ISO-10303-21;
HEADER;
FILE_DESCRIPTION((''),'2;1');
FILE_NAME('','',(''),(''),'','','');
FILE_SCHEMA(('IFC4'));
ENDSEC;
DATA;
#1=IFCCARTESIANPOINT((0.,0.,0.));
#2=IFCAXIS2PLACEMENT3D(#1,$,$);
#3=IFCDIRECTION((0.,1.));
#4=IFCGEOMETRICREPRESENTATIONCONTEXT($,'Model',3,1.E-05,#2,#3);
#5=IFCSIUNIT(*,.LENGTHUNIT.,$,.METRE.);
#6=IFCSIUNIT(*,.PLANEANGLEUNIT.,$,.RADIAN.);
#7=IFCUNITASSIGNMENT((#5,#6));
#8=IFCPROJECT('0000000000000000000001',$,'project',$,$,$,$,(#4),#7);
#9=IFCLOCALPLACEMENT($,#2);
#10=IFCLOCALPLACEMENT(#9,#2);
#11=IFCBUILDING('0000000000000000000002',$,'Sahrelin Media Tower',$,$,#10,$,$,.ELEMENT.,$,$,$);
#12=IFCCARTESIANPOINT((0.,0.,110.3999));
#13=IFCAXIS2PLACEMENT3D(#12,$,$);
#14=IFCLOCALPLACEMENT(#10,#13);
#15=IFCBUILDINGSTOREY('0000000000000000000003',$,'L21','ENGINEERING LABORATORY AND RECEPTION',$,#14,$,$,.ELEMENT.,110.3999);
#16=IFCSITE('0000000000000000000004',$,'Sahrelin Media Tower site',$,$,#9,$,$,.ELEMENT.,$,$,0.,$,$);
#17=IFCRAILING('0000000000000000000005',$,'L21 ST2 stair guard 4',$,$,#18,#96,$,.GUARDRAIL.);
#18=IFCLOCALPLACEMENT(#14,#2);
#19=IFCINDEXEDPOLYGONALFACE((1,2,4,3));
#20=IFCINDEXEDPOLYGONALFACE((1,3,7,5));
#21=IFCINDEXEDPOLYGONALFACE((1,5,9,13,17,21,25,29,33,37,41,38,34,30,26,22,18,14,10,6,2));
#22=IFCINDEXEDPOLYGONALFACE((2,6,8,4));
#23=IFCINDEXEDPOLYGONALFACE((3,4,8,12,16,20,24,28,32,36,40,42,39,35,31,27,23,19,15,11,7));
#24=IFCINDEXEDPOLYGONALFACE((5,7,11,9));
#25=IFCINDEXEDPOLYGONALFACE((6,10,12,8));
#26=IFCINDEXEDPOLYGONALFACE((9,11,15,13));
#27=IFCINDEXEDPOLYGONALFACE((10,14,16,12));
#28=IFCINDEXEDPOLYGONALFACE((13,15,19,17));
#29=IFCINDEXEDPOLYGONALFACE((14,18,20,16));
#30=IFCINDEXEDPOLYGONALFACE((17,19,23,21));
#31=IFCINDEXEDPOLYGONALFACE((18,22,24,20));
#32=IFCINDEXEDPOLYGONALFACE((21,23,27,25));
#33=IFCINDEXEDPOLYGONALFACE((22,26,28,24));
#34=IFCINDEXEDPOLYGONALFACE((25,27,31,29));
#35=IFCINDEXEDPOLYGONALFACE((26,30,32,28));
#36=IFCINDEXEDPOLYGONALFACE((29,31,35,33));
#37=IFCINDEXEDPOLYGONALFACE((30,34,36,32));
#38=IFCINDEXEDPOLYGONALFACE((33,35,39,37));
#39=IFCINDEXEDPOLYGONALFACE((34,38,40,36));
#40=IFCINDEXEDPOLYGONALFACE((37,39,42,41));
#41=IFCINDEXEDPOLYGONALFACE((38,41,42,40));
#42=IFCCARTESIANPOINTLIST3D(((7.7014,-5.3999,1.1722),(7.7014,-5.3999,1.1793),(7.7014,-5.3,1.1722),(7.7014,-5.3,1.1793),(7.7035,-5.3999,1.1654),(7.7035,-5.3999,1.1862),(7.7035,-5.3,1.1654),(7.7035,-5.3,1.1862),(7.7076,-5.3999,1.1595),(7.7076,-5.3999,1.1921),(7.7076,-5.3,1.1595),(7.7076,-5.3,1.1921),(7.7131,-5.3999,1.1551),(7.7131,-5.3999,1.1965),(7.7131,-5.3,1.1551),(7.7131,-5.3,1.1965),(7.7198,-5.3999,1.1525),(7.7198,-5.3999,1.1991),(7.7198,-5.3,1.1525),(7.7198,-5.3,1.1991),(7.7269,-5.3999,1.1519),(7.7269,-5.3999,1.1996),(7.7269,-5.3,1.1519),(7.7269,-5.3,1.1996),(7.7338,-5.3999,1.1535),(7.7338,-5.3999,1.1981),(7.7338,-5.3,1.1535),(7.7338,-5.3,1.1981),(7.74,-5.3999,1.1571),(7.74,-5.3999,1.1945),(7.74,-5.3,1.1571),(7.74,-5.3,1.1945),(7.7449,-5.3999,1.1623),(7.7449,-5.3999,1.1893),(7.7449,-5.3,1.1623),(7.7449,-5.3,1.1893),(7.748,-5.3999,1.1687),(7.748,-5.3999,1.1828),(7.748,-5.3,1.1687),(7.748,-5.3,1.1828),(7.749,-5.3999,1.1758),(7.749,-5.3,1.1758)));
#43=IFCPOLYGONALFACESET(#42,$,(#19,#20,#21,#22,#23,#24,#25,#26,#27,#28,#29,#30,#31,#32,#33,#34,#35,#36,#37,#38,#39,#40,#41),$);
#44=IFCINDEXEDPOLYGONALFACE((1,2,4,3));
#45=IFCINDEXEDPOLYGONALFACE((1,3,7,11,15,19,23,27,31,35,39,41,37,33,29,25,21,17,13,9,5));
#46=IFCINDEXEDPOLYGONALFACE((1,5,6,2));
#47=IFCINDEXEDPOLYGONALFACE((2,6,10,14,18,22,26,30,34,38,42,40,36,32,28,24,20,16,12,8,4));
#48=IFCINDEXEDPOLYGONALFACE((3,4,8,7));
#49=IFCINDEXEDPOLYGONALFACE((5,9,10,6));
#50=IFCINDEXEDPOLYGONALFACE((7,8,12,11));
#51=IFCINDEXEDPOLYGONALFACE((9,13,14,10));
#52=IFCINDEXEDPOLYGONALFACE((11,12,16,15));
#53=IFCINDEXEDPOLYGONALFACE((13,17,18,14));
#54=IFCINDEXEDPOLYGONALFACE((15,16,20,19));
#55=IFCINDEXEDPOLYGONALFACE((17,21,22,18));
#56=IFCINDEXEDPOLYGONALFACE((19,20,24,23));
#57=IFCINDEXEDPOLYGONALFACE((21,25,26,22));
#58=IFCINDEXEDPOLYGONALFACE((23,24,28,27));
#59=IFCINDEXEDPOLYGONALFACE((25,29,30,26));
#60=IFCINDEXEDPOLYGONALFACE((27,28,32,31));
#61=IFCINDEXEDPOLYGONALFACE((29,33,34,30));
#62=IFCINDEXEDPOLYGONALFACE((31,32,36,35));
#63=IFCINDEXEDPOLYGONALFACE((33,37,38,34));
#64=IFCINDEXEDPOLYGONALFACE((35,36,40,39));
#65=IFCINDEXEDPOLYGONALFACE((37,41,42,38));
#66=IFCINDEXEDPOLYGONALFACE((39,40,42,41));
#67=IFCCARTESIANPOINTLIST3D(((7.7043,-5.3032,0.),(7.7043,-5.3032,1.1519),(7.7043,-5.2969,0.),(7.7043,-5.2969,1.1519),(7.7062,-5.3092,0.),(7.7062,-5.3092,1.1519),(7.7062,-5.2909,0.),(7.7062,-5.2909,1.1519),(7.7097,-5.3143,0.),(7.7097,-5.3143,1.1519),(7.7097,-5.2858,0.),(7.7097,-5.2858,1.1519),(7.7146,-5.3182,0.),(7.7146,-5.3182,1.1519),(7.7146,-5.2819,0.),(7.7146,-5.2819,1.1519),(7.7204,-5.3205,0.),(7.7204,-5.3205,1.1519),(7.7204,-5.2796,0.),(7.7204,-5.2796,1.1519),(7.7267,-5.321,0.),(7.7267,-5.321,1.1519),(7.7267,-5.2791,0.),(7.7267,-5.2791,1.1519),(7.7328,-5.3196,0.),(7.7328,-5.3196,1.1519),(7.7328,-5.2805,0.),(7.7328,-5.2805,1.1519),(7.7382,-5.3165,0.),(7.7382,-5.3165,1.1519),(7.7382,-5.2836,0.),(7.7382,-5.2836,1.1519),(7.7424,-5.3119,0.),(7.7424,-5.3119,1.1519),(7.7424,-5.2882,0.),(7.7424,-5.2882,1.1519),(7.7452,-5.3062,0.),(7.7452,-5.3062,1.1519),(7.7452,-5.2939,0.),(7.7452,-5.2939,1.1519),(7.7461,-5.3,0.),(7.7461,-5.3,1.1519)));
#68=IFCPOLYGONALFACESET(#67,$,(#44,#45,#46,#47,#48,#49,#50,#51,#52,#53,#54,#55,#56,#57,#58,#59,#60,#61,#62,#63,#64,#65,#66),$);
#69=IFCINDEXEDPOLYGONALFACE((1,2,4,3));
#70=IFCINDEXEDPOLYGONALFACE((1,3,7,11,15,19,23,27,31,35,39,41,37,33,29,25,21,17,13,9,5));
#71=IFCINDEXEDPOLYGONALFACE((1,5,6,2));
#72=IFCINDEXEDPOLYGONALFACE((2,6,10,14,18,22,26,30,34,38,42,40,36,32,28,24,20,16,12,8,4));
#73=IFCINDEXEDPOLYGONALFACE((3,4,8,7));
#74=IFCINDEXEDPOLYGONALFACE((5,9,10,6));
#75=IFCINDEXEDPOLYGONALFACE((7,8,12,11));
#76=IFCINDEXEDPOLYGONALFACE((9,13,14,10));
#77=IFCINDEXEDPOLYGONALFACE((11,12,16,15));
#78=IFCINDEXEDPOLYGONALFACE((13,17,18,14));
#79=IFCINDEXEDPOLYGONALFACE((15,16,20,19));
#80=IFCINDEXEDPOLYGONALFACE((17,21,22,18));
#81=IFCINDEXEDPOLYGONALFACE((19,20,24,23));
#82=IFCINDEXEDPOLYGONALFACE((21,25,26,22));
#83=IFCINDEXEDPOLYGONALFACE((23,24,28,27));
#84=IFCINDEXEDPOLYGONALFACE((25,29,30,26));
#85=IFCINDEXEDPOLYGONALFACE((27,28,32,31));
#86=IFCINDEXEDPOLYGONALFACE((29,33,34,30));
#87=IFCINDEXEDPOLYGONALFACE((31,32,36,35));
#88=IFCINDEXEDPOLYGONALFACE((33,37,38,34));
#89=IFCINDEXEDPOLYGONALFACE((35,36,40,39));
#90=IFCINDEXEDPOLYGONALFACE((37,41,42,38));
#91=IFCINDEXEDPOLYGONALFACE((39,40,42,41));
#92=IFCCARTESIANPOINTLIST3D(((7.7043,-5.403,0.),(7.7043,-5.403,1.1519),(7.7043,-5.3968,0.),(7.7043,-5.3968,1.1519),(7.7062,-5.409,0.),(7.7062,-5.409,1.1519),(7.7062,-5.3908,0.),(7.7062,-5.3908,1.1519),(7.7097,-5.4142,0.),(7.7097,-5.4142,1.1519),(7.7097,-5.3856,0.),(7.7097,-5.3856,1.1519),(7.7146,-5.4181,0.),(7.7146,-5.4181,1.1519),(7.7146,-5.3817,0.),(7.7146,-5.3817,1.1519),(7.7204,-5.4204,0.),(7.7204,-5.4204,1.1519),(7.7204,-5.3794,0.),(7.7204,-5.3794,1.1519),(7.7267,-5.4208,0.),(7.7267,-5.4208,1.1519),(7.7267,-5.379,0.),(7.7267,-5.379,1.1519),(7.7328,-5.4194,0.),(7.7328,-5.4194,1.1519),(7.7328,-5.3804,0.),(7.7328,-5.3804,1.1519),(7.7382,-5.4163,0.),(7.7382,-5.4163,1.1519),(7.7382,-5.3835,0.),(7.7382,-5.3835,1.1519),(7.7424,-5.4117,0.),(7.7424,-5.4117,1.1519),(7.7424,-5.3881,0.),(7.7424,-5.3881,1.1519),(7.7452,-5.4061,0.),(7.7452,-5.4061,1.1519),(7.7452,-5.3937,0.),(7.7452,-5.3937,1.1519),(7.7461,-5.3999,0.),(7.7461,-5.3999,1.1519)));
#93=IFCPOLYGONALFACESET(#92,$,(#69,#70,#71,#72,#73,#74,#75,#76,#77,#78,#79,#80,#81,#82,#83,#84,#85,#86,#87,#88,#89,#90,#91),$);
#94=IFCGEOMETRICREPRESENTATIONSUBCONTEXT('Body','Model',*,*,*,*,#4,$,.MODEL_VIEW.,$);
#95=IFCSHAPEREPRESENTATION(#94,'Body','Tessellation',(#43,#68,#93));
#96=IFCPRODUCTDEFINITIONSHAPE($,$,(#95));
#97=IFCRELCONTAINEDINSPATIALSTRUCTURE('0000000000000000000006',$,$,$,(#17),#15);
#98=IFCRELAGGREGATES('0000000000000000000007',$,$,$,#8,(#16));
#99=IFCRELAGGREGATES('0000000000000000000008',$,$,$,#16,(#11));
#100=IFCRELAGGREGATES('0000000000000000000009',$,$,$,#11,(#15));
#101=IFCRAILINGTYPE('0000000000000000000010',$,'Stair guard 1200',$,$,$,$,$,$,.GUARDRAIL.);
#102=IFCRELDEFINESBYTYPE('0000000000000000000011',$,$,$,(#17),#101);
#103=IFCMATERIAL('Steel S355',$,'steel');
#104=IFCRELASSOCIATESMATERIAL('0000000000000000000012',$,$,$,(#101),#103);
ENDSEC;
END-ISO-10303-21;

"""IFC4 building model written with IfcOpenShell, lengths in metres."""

from ifc_helpers import new_model, si_unit, direction, frame, origin, origin_2d, place, context, subcontext, project, spatial, circle, extrude, material, type_object, element, save


model = new_model("IFC4")

# Units and contexts
model_context = context("Model", 3, precision=1e-05, world=origin(), true_north=direction((0.0, 1.0)))
body_context = subcontext(model_context, "Body", "Model", "MODEL_VIEW")
ifc_project = project(units=[si_unit("LENGTHUNIT", "METRE"), si_unit("PLANEANGLEUNIT", "RADIAN")], contexts=[model_context])

# Site, building, storey
site_placement = place(None, origin())
site = spatial("IfcSite", under=ifc_project, at=site_placement, Name="Sahrelin Media Tower site", CompositionType="ELEMENT", RefElevation=0.0)
building_placement = place(site_placement, origin())
building = spatial("IfcBuilding", under=site, at=building_placement, Name="Sahrelin Media Tower", CompositionType="ELEMENT")
storey_placement = place(building_placement, frame((0.0, 0.0, 110.3999)))
storey = spatial("IfcBuildingStorey", under=building, at=storey_placement, Name="L21", Description="ENGINEERING LABORATORY AND RECEPTION", CompositionType="ELEMENT", Elevation=110.3999)

# Shared definitions
ifc_material_1 = material(Name="Steel S355", Category="steel")

# Railing
railing_type_1 = type_object("IfcRailingType", Name="Stair guard 1200", PredefinedType="GUARDRAIL", material=ifc_material_1)
railing_1_placement = place(storey_placement, frame((7.7251, -5.3, 0.0)))
element("IfcRailing", 1, at=railing_1_placement, inside=storey, type_object=railing_type_1, Name="L21 ST2 stair guard 4", PredefinedType="GUARDRAIL", context=body_context, shape_type="SweptSolid", body=[
    extrude(circle(Radius=0.0239, at=origin_2d()), frame((0.0, 0.0, 1.1758), z_axis=(0.0, -1.0, 0.0), x_axis=(1.0, 0.0, 0.0)), (0.0, 0.0, 1.0), 0.0999),
    extrude(circle(Radius=0.021, at=origin_2d()), origin(), (0.0, 0.0, 1.0), 1.1519),
    extrude(circle(Radius=0.021, at=origin_2d()), frame((0.0, -0.0999, 0.0)), (0.0, 0.0, 1.0), 1.1519),
])

save(model, "model.ifc")
